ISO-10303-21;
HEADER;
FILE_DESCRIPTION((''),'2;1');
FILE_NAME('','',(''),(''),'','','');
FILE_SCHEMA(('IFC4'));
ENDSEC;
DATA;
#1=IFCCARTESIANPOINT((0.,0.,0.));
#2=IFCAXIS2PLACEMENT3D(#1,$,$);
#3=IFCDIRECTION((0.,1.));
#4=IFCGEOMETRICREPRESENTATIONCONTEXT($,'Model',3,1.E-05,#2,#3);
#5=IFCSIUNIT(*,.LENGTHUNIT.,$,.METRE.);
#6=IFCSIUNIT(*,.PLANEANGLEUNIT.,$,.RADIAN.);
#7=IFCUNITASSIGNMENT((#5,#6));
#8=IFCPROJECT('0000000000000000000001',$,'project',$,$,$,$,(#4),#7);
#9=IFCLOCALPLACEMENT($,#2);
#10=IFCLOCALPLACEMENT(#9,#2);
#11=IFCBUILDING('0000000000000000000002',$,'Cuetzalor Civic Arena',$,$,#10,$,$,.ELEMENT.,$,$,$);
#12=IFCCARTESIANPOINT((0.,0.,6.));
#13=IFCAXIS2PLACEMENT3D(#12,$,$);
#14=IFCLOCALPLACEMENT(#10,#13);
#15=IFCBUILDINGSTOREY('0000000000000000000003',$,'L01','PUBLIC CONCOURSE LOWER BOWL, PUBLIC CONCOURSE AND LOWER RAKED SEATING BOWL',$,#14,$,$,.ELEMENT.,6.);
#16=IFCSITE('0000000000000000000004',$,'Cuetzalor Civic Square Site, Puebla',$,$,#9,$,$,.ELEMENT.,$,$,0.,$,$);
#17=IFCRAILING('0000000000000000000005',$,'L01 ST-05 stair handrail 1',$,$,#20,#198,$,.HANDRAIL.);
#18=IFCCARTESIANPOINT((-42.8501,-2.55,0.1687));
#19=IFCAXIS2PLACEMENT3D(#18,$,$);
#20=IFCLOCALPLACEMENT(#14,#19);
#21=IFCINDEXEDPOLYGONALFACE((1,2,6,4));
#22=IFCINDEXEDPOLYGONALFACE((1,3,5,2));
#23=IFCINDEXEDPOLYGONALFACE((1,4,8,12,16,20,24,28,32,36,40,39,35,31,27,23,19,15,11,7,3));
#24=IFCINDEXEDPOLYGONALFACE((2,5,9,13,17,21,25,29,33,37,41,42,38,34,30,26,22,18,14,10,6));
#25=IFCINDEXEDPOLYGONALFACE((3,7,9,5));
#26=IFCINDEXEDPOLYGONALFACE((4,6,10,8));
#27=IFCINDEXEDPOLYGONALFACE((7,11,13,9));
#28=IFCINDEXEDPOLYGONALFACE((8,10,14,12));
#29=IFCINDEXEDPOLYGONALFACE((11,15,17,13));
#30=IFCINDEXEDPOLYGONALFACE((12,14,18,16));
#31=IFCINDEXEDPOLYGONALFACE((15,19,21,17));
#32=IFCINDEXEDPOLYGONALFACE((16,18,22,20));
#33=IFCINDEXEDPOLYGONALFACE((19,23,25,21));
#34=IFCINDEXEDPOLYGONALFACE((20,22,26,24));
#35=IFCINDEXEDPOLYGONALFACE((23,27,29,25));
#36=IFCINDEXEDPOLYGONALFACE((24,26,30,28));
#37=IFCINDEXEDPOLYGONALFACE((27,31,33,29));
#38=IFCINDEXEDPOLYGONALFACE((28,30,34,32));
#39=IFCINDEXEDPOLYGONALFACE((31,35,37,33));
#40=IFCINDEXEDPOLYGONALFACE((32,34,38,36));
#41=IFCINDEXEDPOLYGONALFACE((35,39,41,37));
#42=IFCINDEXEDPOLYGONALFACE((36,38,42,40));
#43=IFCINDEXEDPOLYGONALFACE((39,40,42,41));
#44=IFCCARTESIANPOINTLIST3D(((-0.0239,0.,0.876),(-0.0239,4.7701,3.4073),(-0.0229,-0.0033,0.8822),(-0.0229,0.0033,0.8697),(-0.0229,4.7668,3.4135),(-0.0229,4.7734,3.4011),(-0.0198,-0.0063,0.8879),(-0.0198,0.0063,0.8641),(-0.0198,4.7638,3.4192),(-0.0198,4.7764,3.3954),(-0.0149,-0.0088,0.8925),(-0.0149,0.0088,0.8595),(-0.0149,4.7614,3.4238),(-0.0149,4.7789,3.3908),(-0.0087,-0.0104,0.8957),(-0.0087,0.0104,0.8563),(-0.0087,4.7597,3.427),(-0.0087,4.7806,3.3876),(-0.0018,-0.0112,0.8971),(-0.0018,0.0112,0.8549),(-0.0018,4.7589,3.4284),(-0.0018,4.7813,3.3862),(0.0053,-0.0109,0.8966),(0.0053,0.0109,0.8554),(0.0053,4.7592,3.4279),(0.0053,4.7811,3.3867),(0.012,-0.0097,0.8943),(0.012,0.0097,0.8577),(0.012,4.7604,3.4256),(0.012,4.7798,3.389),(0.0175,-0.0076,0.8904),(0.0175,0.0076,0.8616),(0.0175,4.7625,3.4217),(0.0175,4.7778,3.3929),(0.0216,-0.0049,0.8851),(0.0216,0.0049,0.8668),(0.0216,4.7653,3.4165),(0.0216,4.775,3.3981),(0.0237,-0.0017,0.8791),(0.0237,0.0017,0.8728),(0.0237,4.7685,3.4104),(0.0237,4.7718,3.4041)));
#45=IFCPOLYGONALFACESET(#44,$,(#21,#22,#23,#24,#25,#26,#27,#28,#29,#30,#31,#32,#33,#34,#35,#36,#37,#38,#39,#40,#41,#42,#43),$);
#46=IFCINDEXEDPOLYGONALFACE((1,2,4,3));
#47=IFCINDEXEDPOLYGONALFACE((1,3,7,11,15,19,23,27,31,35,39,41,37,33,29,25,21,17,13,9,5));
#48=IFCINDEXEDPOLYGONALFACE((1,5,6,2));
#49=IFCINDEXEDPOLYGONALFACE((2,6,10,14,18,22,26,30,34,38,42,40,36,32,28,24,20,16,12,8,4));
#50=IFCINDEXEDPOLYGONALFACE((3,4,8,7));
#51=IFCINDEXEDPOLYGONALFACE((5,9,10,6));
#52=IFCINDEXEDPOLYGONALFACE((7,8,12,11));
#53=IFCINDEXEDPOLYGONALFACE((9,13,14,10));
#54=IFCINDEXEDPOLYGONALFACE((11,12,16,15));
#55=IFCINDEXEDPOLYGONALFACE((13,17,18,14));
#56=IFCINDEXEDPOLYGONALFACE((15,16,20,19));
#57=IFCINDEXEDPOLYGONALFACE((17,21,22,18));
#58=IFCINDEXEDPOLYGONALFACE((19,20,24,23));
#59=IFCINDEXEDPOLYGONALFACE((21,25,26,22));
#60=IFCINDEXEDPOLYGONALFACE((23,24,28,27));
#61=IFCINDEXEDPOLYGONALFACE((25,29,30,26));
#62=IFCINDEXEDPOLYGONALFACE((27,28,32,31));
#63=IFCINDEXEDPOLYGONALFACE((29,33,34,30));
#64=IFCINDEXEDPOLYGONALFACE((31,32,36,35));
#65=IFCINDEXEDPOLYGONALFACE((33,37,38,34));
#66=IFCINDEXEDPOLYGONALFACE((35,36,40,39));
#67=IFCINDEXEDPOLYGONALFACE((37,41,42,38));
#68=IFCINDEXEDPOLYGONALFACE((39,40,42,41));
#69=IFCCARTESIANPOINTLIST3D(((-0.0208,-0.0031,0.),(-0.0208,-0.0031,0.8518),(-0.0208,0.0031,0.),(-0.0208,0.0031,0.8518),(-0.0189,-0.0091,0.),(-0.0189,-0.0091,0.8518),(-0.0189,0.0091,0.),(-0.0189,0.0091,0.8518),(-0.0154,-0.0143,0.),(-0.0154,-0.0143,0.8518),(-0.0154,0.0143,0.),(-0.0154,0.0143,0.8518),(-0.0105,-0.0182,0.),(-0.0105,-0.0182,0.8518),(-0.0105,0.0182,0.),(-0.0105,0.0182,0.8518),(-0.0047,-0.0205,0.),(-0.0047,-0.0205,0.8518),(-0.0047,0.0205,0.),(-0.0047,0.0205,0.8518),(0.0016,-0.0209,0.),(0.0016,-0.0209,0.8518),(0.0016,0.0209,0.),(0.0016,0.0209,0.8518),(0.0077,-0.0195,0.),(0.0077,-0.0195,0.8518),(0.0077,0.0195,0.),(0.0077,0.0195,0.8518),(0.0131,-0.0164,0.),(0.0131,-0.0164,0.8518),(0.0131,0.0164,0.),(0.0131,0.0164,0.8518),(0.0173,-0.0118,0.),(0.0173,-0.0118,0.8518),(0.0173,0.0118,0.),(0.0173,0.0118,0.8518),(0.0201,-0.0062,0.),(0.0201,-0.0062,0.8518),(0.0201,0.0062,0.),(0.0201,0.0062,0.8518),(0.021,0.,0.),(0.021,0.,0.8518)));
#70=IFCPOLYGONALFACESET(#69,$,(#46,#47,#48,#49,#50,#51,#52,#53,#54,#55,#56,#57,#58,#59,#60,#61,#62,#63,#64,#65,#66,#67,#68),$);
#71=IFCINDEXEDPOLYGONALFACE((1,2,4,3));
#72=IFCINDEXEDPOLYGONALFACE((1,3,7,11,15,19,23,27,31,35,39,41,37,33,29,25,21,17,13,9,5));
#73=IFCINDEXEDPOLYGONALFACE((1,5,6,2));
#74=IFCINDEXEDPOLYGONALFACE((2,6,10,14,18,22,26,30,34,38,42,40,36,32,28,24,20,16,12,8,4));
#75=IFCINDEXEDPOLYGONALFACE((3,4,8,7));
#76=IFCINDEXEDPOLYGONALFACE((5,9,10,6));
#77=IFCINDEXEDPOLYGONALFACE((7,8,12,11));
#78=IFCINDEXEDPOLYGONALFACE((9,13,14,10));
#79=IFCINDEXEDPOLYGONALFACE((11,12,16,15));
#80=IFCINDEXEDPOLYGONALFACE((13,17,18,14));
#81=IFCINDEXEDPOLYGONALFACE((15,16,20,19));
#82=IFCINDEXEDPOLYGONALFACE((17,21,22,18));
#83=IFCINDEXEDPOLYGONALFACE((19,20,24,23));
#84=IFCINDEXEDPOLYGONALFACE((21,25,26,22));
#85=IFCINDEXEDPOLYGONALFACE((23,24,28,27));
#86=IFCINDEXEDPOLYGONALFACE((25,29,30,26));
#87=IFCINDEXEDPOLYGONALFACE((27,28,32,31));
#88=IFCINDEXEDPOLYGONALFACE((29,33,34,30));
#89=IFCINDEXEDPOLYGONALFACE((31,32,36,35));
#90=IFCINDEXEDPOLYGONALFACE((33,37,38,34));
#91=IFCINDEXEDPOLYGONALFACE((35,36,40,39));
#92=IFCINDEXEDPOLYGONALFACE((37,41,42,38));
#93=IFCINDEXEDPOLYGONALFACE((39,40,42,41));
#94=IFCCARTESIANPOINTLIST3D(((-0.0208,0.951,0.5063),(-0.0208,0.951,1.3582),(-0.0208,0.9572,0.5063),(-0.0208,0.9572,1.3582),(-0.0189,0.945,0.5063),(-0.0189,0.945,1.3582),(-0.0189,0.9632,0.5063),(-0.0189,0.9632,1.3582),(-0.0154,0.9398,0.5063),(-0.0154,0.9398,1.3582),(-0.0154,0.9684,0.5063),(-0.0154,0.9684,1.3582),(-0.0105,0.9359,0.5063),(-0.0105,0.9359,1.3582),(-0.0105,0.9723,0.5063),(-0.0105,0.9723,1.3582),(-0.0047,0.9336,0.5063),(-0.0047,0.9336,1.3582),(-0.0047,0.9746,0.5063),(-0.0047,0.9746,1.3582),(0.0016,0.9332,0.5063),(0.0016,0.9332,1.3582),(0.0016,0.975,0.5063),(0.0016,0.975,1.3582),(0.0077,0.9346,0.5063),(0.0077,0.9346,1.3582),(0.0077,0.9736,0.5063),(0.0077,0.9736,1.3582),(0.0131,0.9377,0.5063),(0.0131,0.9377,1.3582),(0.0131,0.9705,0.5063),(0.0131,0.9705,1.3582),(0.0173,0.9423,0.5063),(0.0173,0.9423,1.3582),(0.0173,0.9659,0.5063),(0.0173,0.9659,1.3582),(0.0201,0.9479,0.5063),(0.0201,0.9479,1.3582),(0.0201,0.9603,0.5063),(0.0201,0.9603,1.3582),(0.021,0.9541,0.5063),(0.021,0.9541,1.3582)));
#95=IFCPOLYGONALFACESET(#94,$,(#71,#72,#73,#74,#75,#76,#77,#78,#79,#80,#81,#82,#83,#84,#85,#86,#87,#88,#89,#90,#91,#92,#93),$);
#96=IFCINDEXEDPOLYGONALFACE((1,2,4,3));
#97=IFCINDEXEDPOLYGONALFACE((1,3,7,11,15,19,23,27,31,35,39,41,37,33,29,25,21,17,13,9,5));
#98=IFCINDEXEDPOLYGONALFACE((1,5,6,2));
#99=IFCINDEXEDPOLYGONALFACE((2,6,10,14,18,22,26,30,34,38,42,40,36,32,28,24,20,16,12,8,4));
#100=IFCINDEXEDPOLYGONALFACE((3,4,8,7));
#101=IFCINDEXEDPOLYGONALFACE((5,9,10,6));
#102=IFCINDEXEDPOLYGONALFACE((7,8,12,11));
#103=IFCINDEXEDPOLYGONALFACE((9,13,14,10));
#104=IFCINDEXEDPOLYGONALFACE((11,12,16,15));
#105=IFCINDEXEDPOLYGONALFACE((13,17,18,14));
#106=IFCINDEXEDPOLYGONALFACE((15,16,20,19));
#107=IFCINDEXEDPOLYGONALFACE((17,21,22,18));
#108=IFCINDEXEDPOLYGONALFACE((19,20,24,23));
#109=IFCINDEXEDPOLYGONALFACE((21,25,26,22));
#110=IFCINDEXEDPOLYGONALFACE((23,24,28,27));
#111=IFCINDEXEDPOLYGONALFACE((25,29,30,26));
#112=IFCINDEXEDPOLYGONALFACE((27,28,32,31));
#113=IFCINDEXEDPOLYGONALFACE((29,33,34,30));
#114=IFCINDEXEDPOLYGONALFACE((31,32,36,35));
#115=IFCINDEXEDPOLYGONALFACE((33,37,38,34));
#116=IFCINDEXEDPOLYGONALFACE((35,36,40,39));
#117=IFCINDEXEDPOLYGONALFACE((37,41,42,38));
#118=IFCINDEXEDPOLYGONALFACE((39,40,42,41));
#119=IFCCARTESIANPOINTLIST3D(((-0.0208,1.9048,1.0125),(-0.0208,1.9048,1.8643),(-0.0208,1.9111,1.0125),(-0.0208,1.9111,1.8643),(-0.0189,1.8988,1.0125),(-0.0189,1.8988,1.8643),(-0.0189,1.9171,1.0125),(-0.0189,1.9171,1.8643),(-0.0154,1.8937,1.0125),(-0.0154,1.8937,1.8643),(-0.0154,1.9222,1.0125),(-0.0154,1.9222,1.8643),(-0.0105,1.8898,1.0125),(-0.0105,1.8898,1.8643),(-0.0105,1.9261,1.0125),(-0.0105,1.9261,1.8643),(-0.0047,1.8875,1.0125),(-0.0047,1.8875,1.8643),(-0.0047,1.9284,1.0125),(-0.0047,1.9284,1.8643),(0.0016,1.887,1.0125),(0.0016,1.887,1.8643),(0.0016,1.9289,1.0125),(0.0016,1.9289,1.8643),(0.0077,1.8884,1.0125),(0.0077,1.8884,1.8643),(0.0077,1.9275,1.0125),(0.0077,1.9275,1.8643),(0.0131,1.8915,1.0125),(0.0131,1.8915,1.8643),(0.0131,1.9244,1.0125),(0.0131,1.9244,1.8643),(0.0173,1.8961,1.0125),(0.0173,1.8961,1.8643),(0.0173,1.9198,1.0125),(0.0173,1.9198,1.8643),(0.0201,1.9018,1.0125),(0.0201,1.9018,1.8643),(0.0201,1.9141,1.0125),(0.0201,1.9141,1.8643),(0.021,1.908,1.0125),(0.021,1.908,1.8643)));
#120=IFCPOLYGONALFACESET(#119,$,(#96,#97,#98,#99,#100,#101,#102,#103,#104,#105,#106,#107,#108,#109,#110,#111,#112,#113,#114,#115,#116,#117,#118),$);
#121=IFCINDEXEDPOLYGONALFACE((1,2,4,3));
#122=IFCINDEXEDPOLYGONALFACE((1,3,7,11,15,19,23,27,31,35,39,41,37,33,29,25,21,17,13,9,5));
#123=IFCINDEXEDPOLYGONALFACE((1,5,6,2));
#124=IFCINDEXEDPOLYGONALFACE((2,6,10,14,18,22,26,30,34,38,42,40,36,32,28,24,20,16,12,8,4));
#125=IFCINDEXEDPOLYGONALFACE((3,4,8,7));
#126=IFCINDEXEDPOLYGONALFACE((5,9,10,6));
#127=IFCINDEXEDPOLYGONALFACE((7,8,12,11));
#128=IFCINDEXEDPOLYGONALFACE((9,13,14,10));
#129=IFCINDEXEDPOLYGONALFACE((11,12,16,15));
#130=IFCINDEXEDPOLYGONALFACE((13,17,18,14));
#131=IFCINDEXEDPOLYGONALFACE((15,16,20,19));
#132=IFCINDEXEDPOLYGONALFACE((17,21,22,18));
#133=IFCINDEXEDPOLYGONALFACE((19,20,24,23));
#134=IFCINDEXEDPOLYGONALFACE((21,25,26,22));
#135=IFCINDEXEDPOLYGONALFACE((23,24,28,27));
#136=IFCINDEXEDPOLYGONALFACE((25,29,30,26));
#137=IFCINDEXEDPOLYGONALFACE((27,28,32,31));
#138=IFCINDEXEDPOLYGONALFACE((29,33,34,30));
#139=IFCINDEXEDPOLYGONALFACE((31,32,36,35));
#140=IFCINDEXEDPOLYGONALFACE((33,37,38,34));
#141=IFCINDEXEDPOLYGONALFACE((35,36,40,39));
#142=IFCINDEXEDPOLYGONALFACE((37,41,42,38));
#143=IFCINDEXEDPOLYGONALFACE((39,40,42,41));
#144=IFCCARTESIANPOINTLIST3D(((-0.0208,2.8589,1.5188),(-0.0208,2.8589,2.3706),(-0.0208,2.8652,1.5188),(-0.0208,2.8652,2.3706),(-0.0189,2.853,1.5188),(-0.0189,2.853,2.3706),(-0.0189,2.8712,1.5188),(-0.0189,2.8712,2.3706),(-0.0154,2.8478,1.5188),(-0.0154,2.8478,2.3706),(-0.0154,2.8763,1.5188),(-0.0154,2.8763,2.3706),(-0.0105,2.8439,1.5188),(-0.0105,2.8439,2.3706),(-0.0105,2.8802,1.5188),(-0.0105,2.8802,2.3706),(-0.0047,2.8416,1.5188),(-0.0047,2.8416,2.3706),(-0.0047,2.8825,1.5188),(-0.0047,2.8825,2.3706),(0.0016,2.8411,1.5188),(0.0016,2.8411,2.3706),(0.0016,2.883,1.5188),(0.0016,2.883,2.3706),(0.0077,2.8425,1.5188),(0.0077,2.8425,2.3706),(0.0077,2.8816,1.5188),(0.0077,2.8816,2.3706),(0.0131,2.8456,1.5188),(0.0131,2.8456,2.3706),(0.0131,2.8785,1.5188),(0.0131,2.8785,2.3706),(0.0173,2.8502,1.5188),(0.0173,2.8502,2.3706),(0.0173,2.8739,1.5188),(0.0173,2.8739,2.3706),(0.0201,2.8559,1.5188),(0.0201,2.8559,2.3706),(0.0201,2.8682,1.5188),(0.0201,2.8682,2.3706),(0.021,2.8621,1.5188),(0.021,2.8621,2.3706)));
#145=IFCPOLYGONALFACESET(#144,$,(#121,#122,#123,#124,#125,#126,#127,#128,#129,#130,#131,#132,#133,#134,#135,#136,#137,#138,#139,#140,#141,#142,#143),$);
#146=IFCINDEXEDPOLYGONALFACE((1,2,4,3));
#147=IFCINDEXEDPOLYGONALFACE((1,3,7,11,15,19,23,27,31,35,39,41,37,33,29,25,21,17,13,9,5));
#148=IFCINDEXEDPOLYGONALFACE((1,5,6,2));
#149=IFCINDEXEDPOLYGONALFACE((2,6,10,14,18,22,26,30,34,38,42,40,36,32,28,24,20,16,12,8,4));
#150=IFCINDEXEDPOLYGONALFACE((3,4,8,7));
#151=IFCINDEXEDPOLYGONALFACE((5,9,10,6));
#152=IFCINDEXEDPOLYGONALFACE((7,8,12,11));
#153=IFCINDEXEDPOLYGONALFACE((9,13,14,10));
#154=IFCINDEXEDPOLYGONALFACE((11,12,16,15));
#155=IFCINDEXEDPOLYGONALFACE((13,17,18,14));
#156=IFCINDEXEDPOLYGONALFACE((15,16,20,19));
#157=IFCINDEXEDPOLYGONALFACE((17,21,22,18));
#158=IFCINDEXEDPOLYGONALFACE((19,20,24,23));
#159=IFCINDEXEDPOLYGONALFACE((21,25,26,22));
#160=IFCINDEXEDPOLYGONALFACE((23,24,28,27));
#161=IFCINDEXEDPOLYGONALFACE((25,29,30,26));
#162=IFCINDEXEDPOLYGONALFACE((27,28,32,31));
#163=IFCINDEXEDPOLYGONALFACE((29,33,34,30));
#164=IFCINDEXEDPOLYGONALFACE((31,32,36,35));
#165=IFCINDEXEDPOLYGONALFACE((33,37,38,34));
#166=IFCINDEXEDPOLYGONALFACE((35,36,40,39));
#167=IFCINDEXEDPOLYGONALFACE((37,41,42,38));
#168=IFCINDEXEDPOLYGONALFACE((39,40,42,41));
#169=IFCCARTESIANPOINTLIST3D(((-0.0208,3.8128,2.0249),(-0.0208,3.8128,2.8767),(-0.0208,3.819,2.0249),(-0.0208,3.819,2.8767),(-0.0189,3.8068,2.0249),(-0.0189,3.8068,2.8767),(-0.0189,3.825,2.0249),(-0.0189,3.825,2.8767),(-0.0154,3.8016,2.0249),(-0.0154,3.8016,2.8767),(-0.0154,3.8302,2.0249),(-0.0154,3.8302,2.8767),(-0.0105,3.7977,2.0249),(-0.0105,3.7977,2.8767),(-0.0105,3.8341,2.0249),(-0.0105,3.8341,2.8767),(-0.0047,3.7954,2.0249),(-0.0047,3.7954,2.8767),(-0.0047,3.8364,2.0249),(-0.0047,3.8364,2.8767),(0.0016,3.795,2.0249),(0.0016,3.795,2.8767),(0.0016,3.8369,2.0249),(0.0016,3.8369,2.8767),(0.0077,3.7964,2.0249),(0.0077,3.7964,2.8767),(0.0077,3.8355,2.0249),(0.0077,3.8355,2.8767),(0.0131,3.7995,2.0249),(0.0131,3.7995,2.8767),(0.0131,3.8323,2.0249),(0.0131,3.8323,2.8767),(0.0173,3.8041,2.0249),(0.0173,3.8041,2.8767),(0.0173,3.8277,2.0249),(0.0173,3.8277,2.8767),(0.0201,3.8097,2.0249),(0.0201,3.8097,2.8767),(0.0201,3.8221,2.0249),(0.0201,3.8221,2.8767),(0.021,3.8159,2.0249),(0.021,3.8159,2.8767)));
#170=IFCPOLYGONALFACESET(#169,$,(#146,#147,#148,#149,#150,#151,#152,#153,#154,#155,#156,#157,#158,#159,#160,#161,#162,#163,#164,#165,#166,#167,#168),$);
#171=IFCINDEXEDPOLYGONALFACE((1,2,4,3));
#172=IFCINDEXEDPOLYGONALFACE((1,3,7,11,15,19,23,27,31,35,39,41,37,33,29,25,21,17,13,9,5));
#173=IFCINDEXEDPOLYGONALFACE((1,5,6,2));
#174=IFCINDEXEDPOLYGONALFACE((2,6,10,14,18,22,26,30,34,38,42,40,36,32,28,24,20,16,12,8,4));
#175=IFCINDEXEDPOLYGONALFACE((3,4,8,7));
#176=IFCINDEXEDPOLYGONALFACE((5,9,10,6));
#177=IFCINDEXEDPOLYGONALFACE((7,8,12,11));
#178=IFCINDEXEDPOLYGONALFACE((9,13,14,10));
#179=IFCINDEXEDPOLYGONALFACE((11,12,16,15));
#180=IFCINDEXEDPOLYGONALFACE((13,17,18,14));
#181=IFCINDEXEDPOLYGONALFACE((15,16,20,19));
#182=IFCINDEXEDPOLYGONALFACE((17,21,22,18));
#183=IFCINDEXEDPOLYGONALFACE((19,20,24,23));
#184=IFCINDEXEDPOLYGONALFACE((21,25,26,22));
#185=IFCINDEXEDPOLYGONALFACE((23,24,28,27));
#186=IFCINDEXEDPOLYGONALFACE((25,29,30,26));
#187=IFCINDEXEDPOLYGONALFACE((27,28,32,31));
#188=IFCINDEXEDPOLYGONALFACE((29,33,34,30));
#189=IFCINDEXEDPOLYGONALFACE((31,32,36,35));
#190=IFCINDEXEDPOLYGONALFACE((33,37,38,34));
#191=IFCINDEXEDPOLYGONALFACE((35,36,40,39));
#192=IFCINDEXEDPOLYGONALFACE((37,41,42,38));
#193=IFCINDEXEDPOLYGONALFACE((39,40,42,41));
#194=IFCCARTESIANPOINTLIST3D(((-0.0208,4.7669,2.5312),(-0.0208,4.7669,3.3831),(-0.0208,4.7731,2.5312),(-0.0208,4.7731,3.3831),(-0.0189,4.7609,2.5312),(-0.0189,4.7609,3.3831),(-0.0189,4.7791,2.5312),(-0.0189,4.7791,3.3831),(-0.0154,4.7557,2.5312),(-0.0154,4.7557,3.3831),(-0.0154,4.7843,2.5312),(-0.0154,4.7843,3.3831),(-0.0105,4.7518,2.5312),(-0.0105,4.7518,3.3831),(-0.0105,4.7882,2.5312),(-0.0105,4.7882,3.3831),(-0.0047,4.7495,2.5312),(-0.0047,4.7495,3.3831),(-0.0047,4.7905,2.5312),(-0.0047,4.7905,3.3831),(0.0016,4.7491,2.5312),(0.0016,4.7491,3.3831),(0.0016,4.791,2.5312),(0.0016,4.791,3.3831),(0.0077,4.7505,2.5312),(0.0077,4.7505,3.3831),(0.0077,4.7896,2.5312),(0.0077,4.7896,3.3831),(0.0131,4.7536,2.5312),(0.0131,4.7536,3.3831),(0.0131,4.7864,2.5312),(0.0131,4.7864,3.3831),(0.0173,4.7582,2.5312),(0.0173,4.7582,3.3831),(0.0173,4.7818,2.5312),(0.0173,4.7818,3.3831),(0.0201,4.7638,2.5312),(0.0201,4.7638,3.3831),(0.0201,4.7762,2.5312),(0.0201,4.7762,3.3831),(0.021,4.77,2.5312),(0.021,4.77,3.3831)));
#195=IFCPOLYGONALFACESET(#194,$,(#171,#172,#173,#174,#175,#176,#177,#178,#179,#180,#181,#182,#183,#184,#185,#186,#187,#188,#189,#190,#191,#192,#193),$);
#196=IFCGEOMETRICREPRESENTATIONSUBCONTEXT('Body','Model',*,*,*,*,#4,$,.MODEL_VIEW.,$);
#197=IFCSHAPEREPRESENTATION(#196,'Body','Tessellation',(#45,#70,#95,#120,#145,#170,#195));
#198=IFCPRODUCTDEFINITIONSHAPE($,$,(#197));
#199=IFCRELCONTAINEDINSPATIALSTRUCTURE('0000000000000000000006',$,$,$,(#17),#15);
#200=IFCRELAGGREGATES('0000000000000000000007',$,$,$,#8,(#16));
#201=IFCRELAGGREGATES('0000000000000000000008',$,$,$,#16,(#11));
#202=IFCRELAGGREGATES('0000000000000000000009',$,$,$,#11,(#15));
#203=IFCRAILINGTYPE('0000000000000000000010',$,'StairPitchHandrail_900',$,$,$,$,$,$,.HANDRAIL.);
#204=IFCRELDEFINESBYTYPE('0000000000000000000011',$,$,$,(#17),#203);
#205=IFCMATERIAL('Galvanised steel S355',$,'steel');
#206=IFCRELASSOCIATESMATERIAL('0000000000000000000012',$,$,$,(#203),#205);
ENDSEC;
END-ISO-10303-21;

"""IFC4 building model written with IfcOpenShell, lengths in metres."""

from ifc_helpers import new_model, si_unit, direction, frame, origin, origin_2d, place, context, subcontext, project, spatial, circle, extrude, material, type_object, element, save


model = new_model("IFC4")

# Units and contexts
model_context = context("Model", 3, precision=1e-05, world=origin(), true_north=direction((0.0, 1.0)))
body_context = subcontext(model_context, "Body", "Model", "MODEL_VIEW")
ifc_project = project(units=[si_unit("LENGTHUNIT", "METRE"), si_unit("PLANEANGLEUNIT", "RADIAN")], contexts=[model_context])

# Site, building, storey
site_placement = place(None, origin())
site = spatial("IfcSite", under=ifc_project, at=site_placement, Name="Cuetzalor Civic Square Site, Puebla", CompositionType="ELEMENT", RefElevation=0.0)
building_placement = place(site_placement, origin())
building = spatial("IfcBuilding", under=site, at=building_placement, Name="Cuetzalor Civic Arena", CompositionType="ELEMENT")
storey_placement = place(building_placement, frame((0.0, 0.0, 6.0)))
storey = spatial("IfcBuildingStorey", under=building, at=storey_placement, Name="L01", Description="PUBLIC CONCOURSE LOWER BOWL, PUBLIC CONCOURSE AND LOWER RAKED SEATING BOWL", CompositionType="ELEMENT", Elevation=6.0)

# Railing
ifc_material_1 = material(Name="Galvanised steel S355", Category="steel")
railing_type_1 = type_object("IfcRailingType", Name="StairPitchHandrail_900", PredefinedType="HANDRAIL", material=ifc_material_1)
railing_1_placement = place(storey_placement, frame((-42.8501, -2.55, 0.1687)))
element("IfcRailing", 1, at=railing_1_placement, inside=storey, type_object=railing_type_1, Name="L01 ST-05 stair handrail 1", PredefinedType="HANDRAIL", context=body_context, shape_type="SweptSolid", body=[
    extrude(circle(Radius=0.0239, at=origin_2d()), frame((0.0, 0.0, 0.876), z_axis=(0.0, 0.883332, 0.468747), x_axis=(-1.0, 0.0, 0.0)), (0.0, 0.0, 1.0), 5.4001),
    extrude(circle(Radius=0.021, at=origin_2d()), origin(), (0.0, 0.0, 1.0), 0.8518),
    extrude(circle(Radius=0.021, at=origin_2d()), frame((0.0, 0.9541, 0.5063)), (0.0, 0.0, 1.0), 0.8518),
    extrude(circle(Radius=0.021, at=origin_2d()), frame((0.0, 1.908, 1.0125)), (0.0, 0.0, 1.0), 0.8518),
    extrude(circle(Radius=0.021, at=origin_2d()), frame((0.0, 2.8621, 1.5188)), (0.0, 0.0, 1.0), 0.8518),
    extrude(circle(Radius=0.021, at=origin_2d()), frame((0.0, 3.8159, 2.0249)), (0.0, 0.0, 1.0), 0.8518),
    extrude(circle(Radius=0.021, at=origin_2d()), frame((0.0, 4.77, 2.5312)), (0.0, 0.0, 1.0), 0.8518),
])

save(model, "model.ifc")
